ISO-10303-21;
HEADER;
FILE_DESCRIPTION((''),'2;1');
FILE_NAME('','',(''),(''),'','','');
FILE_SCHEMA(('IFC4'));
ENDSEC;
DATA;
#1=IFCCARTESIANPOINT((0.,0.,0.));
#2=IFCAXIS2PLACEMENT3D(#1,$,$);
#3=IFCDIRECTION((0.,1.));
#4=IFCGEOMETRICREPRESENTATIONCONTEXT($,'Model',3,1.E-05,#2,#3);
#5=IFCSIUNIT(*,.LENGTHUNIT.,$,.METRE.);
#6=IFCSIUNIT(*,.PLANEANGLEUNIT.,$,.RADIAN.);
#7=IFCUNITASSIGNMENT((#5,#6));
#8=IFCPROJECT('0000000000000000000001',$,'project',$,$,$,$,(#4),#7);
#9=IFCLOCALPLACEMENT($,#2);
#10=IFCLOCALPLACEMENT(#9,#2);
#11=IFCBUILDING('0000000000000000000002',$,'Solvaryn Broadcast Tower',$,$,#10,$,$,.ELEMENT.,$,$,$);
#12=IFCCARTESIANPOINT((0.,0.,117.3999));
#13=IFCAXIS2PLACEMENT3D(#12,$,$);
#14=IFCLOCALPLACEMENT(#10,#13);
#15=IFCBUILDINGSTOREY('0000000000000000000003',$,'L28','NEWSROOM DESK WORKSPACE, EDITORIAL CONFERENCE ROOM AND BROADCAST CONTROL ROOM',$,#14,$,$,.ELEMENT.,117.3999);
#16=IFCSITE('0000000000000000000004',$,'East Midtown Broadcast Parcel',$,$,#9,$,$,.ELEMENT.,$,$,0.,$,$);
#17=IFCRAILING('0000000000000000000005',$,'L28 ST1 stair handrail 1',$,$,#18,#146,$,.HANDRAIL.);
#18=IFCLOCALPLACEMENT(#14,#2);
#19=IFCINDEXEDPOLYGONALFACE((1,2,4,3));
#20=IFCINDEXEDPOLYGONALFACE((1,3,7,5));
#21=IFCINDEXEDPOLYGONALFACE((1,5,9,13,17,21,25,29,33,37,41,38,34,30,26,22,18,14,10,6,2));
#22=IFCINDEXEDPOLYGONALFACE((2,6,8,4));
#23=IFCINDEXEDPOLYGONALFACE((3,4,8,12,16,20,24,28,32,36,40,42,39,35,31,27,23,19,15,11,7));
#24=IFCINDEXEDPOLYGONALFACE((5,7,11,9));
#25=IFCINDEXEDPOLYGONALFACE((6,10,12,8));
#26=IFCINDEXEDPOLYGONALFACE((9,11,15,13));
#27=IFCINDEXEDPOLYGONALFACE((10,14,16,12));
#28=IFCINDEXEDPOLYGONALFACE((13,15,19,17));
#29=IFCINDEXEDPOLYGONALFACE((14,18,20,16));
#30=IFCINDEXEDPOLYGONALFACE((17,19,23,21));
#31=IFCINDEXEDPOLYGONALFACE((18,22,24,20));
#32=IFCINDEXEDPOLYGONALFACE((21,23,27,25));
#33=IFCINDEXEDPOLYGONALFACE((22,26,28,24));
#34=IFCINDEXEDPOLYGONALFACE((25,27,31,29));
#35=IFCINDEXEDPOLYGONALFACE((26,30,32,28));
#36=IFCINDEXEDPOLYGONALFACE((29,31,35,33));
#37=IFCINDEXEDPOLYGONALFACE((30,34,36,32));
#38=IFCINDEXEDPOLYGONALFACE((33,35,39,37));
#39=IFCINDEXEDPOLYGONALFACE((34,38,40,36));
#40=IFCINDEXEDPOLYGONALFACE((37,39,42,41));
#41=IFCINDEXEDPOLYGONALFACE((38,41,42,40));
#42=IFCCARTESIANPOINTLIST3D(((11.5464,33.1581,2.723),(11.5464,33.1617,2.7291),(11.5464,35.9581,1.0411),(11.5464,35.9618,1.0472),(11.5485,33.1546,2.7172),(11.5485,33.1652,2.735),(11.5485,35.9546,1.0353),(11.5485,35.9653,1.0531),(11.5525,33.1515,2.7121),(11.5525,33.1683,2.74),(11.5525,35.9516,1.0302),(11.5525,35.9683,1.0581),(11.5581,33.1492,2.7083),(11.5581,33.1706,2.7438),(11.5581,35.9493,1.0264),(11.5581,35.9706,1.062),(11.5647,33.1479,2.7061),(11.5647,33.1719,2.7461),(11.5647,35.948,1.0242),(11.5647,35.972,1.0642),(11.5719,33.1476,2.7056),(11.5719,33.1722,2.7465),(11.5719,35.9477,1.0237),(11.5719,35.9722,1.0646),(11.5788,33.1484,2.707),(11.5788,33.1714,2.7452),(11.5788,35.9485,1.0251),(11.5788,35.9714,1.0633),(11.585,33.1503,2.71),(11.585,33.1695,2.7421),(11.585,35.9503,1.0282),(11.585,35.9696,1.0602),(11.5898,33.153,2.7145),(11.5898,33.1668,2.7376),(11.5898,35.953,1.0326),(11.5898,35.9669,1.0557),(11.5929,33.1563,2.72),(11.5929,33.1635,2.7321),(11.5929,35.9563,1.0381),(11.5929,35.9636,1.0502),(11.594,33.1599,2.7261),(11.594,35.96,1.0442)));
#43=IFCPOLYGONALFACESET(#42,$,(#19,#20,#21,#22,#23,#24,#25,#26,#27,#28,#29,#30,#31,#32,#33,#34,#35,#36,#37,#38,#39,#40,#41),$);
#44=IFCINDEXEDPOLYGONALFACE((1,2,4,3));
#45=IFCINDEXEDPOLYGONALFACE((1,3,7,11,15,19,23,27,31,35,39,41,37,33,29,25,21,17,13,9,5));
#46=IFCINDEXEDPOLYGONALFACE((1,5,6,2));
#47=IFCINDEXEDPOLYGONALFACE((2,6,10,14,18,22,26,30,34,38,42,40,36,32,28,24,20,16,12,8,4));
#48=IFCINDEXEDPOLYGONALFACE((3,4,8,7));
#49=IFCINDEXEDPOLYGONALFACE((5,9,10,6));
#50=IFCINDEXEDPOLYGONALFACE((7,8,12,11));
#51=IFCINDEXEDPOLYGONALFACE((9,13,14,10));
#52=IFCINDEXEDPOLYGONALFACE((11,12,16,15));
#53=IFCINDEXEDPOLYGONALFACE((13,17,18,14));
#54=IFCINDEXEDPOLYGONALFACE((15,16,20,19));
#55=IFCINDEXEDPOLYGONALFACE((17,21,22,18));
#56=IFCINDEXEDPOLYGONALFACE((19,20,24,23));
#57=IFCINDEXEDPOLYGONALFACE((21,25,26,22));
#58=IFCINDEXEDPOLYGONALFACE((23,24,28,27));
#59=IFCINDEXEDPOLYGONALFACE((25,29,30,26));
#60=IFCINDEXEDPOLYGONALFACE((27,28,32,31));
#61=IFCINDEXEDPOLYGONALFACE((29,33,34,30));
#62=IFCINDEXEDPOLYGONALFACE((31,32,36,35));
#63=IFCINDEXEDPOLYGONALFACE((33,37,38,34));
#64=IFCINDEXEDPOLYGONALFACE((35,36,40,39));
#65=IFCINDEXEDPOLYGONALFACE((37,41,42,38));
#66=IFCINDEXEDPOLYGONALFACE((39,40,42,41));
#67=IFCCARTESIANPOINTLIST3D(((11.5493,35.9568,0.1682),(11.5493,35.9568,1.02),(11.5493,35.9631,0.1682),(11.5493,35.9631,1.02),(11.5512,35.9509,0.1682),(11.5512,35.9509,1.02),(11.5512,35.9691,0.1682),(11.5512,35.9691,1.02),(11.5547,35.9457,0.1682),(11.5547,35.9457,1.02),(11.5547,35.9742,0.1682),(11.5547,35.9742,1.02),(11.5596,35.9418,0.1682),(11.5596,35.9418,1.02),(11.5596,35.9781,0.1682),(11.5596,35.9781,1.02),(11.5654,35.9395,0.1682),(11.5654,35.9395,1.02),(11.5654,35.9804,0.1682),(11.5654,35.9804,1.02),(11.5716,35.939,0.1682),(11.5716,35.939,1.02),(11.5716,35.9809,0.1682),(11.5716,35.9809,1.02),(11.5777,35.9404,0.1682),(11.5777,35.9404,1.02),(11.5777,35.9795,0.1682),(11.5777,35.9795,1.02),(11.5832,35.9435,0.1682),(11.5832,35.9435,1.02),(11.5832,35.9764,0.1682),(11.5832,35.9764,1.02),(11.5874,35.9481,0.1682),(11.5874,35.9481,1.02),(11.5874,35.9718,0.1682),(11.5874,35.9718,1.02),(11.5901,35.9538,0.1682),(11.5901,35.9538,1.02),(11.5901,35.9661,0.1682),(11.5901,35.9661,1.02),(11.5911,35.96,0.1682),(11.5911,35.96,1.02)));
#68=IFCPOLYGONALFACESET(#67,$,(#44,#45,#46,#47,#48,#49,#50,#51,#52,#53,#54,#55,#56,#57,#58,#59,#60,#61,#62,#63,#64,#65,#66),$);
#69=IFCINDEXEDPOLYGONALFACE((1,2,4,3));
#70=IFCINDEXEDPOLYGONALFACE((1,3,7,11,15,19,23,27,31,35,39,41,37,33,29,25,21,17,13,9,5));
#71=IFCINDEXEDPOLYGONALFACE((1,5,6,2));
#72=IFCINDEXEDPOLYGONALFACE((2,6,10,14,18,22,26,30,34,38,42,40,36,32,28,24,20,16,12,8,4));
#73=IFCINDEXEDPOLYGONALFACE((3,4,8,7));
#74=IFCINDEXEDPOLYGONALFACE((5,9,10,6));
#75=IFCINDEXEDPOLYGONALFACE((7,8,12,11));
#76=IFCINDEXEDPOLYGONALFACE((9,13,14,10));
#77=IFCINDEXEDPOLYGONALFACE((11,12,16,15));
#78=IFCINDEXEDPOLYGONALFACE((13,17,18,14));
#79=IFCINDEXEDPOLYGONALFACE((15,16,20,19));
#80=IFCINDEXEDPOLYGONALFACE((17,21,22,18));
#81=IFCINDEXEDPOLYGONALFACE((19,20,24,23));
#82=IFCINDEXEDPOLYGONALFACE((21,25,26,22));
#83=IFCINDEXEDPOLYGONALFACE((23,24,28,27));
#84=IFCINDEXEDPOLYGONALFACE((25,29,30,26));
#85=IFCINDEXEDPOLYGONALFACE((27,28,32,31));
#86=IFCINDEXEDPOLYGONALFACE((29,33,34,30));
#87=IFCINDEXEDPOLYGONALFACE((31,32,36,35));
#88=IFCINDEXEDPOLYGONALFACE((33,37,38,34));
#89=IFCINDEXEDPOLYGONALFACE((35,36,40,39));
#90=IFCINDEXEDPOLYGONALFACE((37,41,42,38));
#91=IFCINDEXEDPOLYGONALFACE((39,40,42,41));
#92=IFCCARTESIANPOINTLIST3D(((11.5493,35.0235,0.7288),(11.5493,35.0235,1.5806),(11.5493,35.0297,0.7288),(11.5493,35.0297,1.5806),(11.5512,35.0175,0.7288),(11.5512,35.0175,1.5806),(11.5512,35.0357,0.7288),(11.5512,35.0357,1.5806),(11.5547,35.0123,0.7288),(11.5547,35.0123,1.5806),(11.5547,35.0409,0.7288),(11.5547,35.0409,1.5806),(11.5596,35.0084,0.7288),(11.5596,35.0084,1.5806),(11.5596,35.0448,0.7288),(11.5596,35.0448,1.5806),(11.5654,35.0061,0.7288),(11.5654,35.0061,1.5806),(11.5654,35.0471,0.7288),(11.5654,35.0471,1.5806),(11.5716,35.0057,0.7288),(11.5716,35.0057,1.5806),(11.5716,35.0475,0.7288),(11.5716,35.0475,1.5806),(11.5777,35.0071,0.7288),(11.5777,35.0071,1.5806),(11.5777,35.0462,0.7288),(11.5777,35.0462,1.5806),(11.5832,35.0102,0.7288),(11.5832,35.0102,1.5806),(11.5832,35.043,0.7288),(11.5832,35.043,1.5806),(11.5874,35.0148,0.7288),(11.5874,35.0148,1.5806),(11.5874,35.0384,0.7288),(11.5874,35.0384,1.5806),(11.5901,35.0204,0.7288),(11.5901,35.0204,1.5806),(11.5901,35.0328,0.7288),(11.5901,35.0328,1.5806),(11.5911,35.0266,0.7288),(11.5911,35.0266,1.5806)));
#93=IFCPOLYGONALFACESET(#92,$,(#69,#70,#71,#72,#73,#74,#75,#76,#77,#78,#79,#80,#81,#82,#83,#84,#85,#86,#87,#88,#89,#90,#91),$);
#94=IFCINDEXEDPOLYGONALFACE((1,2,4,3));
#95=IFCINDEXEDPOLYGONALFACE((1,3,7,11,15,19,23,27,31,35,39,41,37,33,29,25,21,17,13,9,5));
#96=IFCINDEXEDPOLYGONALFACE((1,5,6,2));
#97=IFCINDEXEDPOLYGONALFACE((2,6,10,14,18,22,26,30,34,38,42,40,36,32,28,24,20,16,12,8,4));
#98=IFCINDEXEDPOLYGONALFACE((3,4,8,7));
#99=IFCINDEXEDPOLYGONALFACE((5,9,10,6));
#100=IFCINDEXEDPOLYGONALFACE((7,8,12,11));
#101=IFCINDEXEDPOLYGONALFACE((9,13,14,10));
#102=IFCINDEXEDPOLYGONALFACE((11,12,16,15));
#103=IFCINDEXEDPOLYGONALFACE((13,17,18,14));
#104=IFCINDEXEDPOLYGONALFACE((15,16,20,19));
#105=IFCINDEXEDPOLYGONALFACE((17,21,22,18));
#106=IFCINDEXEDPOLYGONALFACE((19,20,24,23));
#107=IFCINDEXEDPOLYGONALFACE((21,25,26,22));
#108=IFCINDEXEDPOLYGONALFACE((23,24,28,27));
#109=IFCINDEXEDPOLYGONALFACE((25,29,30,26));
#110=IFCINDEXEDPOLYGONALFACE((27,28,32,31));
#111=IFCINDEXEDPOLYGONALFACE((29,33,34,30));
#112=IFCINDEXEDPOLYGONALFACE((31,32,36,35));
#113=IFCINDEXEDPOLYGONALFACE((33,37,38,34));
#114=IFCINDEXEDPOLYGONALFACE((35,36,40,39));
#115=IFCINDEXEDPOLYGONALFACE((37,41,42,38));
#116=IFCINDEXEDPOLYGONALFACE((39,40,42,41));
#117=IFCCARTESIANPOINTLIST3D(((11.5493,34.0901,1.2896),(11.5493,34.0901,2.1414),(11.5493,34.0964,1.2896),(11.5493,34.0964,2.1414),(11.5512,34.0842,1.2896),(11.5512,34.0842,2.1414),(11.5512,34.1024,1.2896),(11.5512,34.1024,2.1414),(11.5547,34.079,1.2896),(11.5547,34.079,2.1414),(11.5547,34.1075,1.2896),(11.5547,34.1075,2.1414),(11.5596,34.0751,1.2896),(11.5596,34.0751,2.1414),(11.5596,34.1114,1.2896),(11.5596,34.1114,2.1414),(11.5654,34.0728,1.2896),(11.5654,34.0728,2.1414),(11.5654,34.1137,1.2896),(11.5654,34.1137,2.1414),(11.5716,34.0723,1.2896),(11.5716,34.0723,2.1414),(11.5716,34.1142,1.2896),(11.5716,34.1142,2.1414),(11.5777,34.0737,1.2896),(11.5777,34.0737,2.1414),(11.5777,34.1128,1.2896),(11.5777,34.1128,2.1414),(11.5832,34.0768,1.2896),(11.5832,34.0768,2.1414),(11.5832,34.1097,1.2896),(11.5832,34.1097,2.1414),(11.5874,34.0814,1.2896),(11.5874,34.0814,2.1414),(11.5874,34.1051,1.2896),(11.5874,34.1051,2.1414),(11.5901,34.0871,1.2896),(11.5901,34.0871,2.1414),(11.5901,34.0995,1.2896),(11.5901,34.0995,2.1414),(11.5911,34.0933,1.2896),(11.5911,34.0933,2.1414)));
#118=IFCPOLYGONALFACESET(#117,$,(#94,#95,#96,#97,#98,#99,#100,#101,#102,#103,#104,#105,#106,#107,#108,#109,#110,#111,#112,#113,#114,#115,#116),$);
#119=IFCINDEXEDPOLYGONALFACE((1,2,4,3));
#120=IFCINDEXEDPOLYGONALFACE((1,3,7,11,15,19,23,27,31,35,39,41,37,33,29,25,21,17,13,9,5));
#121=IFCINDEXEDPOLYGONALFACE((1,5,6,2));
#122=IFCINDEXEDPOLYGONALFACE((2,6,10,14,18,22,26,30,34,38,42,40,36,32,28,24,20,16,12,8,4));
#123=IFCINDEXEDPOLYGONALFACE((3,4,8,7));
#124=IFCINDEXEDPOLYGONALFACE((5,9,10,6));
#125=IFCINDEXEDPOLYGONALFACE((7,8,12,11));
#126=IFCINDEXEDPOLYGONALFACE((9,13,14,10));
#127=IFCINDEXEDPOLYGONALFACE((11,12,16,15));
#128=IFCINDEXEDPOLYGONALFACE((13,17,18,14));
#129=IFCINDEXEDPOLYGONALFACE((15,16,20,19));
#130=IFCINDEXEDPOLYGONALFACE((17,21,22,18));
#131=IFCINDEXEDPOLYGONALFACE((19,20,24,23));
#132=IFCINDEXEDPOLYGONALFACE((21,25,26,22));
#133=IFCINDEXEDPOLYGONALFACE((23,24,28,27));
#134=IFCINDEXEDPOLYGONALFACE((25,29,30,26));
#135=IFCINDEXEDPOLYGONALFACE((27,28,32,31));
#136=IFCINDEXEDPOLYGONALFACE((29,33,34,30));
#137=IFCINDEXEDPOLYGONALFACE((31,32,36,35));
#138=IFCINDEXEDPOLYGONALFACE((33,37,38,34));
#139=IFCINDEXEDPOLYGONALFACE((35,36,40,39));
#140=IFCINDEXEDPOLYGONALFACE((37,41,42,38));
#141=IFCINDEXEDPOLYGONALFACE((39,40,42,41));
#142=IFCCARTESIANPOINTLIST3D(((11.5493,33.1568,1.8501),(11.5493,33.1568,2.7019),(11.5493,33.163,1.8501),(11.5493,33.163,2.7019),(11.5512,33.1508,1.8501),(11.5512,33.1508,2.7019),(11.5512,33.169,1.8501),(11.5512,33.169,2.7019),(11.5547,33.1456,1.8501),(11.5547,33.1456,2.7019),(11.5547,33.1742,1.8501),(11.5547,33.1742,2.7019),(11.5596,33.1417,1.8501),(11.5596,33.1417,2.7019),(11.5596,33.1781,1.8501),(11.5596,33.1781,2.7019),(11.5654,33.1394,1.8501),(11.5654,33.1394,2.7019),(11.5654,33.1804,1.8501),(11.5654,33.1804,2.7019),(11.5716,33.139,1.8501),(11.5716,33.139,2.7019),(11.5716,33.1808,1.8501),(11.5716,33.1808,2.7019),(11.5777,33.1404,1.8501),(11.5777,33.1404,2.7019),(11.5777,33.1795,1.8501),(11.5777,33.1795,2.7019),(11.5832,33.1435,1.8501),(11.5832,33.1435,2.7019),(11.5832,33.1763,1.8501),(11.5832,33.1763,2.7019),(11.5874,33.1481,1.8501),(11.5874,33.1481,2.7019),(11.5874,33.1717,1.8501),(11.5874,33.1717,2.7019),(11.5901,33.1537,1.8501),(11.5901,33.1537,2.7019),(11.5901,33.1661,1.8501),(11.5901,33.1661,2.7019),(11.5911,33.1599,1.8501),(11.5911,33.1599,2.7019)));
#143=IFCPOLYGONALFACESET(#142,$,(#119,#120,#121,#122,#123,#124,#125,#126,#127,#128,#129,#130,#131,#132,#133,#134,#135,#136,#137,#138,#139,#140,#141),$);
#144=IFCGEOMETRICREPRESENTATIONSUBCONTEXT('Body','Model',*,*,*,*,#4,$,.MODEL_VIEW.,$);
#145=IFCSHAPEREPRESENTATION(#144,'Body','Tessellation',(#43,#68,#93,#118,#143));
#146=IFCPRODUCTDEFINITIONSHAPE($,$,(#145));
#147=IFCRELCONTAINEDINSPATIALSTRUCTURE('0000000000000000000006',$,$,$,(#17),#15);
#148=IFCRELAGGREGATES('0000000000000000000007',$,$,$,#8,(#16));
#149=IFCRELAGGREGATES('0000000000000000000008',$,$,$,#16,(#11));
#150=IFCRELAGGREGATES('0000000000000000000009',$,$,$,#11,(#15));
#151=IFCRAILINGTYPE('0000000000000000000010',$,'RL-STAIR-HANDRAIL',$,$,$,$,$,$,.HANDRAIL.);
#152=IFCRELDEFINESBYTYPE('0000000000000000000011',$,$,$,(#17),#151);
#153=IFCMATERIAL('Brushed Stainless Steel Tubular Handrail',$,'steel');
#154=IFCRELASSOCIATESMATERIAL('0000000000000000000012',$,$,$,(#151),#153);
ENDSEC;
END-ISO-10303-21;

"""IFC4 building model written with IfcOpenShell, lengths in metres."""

from ifc_helpers import new_model, si_unit, direction, frame, origin, origin_2d, place, context, subcontext, project, spatial, circle, extrude, material, type_object, element, save


model = new_model("IFC4")

# Units and contexts
model_context = context("Model", 3, precision=1e-05, world=origin(), true_north=direction((0.0, 1.0)))
body_context = subcontext(model_context, "Body", "Model", "MODEL_VIEW")
ifc_project = project(units=[si_unit("LENGTHUNIT", "METRE"), si_unit("PLANEANGLEUNIT", "RADIAN")], contexts=[model_context])

# Site, building, storey
site_placement = place(None, origin())
site = spatial("IfcSite", under=ifc_project, at=site_placement, Name="East Midtown Broadcast Parcel", CompositionType="ELEMENT", RefElevation=0.0)
building_placement = place(site_placement, origin())
building = spatial("IfcBuilding", under=site, at=building_placement, Name="Solvaryn Broadcast Tower", CompositionType="ELEMENT")
storey_placement = place(building_placement, frame((0.0, 0.0, 117.3999)))
storey = spatial("IfcBuildingStorey", under=building, at=storey_placement, Name="L28", Description="NEWSROOM DESK WORKSPACE, EDITORIAL CONFERENCE ROOM AND BROADCAST CONTROL ROOM", CompositionType="ELEMENT", Elevation=117.3999)

# Railing
ifc_material_1 = material(Name="Brushed Stainless Steel Tubular Handrail", Category="steel")
railing_type_1 = type_object("IfcRailingType", Name="RL-STAIR-HANDRAIL", PredefinedType="HANDRAIL", material=ifc_material_1)
railing_1_placement = place(storey_placement, frame((11.5701, 35.96, 0.1682)))
element("IfcRailing", 1, at=railing_1_placement, inside=storey, type_object=railing_type_1, Name="L28 ST1 stair handrail 1", PredefinedType="HANDRAIL", context=body_context, shape_type="SweptSolid", body=[
    extrude(circle(Radius=0.0239, at=origin_2d()), frame((0.0, 0.0, 0.876), z_axis=(0.0, -0.857242, 0.514913), x_axis=(1.0, 0.0, 0.0)), (0.0, 0.0, 1.0), 3.2664),
    extrude(circle(Radius=0.021, at=origin_2d()), origin(), (0.0, 0.0, 1.0), 0.8518),
    extrude(circle(Radius=0.021, at=origin_2d()), frame((0.0, -0.9333, 0.5605)), (0.0, 0.0, 1.0), 0.8518),
    extrude(circle(Radius=0.021, at=origin_2d()), frame((0.0, -1.8667, 1.1213)), (0.0, 0.0, 1.0), 0.8518),
    extrude(circle(Radius=0.021, at=origin_2d()), frame((0.0, -2.8, 1.6819)), (0.0, 0.0, 1.0), 0.8518),
])

save(model, "model.ifc")
